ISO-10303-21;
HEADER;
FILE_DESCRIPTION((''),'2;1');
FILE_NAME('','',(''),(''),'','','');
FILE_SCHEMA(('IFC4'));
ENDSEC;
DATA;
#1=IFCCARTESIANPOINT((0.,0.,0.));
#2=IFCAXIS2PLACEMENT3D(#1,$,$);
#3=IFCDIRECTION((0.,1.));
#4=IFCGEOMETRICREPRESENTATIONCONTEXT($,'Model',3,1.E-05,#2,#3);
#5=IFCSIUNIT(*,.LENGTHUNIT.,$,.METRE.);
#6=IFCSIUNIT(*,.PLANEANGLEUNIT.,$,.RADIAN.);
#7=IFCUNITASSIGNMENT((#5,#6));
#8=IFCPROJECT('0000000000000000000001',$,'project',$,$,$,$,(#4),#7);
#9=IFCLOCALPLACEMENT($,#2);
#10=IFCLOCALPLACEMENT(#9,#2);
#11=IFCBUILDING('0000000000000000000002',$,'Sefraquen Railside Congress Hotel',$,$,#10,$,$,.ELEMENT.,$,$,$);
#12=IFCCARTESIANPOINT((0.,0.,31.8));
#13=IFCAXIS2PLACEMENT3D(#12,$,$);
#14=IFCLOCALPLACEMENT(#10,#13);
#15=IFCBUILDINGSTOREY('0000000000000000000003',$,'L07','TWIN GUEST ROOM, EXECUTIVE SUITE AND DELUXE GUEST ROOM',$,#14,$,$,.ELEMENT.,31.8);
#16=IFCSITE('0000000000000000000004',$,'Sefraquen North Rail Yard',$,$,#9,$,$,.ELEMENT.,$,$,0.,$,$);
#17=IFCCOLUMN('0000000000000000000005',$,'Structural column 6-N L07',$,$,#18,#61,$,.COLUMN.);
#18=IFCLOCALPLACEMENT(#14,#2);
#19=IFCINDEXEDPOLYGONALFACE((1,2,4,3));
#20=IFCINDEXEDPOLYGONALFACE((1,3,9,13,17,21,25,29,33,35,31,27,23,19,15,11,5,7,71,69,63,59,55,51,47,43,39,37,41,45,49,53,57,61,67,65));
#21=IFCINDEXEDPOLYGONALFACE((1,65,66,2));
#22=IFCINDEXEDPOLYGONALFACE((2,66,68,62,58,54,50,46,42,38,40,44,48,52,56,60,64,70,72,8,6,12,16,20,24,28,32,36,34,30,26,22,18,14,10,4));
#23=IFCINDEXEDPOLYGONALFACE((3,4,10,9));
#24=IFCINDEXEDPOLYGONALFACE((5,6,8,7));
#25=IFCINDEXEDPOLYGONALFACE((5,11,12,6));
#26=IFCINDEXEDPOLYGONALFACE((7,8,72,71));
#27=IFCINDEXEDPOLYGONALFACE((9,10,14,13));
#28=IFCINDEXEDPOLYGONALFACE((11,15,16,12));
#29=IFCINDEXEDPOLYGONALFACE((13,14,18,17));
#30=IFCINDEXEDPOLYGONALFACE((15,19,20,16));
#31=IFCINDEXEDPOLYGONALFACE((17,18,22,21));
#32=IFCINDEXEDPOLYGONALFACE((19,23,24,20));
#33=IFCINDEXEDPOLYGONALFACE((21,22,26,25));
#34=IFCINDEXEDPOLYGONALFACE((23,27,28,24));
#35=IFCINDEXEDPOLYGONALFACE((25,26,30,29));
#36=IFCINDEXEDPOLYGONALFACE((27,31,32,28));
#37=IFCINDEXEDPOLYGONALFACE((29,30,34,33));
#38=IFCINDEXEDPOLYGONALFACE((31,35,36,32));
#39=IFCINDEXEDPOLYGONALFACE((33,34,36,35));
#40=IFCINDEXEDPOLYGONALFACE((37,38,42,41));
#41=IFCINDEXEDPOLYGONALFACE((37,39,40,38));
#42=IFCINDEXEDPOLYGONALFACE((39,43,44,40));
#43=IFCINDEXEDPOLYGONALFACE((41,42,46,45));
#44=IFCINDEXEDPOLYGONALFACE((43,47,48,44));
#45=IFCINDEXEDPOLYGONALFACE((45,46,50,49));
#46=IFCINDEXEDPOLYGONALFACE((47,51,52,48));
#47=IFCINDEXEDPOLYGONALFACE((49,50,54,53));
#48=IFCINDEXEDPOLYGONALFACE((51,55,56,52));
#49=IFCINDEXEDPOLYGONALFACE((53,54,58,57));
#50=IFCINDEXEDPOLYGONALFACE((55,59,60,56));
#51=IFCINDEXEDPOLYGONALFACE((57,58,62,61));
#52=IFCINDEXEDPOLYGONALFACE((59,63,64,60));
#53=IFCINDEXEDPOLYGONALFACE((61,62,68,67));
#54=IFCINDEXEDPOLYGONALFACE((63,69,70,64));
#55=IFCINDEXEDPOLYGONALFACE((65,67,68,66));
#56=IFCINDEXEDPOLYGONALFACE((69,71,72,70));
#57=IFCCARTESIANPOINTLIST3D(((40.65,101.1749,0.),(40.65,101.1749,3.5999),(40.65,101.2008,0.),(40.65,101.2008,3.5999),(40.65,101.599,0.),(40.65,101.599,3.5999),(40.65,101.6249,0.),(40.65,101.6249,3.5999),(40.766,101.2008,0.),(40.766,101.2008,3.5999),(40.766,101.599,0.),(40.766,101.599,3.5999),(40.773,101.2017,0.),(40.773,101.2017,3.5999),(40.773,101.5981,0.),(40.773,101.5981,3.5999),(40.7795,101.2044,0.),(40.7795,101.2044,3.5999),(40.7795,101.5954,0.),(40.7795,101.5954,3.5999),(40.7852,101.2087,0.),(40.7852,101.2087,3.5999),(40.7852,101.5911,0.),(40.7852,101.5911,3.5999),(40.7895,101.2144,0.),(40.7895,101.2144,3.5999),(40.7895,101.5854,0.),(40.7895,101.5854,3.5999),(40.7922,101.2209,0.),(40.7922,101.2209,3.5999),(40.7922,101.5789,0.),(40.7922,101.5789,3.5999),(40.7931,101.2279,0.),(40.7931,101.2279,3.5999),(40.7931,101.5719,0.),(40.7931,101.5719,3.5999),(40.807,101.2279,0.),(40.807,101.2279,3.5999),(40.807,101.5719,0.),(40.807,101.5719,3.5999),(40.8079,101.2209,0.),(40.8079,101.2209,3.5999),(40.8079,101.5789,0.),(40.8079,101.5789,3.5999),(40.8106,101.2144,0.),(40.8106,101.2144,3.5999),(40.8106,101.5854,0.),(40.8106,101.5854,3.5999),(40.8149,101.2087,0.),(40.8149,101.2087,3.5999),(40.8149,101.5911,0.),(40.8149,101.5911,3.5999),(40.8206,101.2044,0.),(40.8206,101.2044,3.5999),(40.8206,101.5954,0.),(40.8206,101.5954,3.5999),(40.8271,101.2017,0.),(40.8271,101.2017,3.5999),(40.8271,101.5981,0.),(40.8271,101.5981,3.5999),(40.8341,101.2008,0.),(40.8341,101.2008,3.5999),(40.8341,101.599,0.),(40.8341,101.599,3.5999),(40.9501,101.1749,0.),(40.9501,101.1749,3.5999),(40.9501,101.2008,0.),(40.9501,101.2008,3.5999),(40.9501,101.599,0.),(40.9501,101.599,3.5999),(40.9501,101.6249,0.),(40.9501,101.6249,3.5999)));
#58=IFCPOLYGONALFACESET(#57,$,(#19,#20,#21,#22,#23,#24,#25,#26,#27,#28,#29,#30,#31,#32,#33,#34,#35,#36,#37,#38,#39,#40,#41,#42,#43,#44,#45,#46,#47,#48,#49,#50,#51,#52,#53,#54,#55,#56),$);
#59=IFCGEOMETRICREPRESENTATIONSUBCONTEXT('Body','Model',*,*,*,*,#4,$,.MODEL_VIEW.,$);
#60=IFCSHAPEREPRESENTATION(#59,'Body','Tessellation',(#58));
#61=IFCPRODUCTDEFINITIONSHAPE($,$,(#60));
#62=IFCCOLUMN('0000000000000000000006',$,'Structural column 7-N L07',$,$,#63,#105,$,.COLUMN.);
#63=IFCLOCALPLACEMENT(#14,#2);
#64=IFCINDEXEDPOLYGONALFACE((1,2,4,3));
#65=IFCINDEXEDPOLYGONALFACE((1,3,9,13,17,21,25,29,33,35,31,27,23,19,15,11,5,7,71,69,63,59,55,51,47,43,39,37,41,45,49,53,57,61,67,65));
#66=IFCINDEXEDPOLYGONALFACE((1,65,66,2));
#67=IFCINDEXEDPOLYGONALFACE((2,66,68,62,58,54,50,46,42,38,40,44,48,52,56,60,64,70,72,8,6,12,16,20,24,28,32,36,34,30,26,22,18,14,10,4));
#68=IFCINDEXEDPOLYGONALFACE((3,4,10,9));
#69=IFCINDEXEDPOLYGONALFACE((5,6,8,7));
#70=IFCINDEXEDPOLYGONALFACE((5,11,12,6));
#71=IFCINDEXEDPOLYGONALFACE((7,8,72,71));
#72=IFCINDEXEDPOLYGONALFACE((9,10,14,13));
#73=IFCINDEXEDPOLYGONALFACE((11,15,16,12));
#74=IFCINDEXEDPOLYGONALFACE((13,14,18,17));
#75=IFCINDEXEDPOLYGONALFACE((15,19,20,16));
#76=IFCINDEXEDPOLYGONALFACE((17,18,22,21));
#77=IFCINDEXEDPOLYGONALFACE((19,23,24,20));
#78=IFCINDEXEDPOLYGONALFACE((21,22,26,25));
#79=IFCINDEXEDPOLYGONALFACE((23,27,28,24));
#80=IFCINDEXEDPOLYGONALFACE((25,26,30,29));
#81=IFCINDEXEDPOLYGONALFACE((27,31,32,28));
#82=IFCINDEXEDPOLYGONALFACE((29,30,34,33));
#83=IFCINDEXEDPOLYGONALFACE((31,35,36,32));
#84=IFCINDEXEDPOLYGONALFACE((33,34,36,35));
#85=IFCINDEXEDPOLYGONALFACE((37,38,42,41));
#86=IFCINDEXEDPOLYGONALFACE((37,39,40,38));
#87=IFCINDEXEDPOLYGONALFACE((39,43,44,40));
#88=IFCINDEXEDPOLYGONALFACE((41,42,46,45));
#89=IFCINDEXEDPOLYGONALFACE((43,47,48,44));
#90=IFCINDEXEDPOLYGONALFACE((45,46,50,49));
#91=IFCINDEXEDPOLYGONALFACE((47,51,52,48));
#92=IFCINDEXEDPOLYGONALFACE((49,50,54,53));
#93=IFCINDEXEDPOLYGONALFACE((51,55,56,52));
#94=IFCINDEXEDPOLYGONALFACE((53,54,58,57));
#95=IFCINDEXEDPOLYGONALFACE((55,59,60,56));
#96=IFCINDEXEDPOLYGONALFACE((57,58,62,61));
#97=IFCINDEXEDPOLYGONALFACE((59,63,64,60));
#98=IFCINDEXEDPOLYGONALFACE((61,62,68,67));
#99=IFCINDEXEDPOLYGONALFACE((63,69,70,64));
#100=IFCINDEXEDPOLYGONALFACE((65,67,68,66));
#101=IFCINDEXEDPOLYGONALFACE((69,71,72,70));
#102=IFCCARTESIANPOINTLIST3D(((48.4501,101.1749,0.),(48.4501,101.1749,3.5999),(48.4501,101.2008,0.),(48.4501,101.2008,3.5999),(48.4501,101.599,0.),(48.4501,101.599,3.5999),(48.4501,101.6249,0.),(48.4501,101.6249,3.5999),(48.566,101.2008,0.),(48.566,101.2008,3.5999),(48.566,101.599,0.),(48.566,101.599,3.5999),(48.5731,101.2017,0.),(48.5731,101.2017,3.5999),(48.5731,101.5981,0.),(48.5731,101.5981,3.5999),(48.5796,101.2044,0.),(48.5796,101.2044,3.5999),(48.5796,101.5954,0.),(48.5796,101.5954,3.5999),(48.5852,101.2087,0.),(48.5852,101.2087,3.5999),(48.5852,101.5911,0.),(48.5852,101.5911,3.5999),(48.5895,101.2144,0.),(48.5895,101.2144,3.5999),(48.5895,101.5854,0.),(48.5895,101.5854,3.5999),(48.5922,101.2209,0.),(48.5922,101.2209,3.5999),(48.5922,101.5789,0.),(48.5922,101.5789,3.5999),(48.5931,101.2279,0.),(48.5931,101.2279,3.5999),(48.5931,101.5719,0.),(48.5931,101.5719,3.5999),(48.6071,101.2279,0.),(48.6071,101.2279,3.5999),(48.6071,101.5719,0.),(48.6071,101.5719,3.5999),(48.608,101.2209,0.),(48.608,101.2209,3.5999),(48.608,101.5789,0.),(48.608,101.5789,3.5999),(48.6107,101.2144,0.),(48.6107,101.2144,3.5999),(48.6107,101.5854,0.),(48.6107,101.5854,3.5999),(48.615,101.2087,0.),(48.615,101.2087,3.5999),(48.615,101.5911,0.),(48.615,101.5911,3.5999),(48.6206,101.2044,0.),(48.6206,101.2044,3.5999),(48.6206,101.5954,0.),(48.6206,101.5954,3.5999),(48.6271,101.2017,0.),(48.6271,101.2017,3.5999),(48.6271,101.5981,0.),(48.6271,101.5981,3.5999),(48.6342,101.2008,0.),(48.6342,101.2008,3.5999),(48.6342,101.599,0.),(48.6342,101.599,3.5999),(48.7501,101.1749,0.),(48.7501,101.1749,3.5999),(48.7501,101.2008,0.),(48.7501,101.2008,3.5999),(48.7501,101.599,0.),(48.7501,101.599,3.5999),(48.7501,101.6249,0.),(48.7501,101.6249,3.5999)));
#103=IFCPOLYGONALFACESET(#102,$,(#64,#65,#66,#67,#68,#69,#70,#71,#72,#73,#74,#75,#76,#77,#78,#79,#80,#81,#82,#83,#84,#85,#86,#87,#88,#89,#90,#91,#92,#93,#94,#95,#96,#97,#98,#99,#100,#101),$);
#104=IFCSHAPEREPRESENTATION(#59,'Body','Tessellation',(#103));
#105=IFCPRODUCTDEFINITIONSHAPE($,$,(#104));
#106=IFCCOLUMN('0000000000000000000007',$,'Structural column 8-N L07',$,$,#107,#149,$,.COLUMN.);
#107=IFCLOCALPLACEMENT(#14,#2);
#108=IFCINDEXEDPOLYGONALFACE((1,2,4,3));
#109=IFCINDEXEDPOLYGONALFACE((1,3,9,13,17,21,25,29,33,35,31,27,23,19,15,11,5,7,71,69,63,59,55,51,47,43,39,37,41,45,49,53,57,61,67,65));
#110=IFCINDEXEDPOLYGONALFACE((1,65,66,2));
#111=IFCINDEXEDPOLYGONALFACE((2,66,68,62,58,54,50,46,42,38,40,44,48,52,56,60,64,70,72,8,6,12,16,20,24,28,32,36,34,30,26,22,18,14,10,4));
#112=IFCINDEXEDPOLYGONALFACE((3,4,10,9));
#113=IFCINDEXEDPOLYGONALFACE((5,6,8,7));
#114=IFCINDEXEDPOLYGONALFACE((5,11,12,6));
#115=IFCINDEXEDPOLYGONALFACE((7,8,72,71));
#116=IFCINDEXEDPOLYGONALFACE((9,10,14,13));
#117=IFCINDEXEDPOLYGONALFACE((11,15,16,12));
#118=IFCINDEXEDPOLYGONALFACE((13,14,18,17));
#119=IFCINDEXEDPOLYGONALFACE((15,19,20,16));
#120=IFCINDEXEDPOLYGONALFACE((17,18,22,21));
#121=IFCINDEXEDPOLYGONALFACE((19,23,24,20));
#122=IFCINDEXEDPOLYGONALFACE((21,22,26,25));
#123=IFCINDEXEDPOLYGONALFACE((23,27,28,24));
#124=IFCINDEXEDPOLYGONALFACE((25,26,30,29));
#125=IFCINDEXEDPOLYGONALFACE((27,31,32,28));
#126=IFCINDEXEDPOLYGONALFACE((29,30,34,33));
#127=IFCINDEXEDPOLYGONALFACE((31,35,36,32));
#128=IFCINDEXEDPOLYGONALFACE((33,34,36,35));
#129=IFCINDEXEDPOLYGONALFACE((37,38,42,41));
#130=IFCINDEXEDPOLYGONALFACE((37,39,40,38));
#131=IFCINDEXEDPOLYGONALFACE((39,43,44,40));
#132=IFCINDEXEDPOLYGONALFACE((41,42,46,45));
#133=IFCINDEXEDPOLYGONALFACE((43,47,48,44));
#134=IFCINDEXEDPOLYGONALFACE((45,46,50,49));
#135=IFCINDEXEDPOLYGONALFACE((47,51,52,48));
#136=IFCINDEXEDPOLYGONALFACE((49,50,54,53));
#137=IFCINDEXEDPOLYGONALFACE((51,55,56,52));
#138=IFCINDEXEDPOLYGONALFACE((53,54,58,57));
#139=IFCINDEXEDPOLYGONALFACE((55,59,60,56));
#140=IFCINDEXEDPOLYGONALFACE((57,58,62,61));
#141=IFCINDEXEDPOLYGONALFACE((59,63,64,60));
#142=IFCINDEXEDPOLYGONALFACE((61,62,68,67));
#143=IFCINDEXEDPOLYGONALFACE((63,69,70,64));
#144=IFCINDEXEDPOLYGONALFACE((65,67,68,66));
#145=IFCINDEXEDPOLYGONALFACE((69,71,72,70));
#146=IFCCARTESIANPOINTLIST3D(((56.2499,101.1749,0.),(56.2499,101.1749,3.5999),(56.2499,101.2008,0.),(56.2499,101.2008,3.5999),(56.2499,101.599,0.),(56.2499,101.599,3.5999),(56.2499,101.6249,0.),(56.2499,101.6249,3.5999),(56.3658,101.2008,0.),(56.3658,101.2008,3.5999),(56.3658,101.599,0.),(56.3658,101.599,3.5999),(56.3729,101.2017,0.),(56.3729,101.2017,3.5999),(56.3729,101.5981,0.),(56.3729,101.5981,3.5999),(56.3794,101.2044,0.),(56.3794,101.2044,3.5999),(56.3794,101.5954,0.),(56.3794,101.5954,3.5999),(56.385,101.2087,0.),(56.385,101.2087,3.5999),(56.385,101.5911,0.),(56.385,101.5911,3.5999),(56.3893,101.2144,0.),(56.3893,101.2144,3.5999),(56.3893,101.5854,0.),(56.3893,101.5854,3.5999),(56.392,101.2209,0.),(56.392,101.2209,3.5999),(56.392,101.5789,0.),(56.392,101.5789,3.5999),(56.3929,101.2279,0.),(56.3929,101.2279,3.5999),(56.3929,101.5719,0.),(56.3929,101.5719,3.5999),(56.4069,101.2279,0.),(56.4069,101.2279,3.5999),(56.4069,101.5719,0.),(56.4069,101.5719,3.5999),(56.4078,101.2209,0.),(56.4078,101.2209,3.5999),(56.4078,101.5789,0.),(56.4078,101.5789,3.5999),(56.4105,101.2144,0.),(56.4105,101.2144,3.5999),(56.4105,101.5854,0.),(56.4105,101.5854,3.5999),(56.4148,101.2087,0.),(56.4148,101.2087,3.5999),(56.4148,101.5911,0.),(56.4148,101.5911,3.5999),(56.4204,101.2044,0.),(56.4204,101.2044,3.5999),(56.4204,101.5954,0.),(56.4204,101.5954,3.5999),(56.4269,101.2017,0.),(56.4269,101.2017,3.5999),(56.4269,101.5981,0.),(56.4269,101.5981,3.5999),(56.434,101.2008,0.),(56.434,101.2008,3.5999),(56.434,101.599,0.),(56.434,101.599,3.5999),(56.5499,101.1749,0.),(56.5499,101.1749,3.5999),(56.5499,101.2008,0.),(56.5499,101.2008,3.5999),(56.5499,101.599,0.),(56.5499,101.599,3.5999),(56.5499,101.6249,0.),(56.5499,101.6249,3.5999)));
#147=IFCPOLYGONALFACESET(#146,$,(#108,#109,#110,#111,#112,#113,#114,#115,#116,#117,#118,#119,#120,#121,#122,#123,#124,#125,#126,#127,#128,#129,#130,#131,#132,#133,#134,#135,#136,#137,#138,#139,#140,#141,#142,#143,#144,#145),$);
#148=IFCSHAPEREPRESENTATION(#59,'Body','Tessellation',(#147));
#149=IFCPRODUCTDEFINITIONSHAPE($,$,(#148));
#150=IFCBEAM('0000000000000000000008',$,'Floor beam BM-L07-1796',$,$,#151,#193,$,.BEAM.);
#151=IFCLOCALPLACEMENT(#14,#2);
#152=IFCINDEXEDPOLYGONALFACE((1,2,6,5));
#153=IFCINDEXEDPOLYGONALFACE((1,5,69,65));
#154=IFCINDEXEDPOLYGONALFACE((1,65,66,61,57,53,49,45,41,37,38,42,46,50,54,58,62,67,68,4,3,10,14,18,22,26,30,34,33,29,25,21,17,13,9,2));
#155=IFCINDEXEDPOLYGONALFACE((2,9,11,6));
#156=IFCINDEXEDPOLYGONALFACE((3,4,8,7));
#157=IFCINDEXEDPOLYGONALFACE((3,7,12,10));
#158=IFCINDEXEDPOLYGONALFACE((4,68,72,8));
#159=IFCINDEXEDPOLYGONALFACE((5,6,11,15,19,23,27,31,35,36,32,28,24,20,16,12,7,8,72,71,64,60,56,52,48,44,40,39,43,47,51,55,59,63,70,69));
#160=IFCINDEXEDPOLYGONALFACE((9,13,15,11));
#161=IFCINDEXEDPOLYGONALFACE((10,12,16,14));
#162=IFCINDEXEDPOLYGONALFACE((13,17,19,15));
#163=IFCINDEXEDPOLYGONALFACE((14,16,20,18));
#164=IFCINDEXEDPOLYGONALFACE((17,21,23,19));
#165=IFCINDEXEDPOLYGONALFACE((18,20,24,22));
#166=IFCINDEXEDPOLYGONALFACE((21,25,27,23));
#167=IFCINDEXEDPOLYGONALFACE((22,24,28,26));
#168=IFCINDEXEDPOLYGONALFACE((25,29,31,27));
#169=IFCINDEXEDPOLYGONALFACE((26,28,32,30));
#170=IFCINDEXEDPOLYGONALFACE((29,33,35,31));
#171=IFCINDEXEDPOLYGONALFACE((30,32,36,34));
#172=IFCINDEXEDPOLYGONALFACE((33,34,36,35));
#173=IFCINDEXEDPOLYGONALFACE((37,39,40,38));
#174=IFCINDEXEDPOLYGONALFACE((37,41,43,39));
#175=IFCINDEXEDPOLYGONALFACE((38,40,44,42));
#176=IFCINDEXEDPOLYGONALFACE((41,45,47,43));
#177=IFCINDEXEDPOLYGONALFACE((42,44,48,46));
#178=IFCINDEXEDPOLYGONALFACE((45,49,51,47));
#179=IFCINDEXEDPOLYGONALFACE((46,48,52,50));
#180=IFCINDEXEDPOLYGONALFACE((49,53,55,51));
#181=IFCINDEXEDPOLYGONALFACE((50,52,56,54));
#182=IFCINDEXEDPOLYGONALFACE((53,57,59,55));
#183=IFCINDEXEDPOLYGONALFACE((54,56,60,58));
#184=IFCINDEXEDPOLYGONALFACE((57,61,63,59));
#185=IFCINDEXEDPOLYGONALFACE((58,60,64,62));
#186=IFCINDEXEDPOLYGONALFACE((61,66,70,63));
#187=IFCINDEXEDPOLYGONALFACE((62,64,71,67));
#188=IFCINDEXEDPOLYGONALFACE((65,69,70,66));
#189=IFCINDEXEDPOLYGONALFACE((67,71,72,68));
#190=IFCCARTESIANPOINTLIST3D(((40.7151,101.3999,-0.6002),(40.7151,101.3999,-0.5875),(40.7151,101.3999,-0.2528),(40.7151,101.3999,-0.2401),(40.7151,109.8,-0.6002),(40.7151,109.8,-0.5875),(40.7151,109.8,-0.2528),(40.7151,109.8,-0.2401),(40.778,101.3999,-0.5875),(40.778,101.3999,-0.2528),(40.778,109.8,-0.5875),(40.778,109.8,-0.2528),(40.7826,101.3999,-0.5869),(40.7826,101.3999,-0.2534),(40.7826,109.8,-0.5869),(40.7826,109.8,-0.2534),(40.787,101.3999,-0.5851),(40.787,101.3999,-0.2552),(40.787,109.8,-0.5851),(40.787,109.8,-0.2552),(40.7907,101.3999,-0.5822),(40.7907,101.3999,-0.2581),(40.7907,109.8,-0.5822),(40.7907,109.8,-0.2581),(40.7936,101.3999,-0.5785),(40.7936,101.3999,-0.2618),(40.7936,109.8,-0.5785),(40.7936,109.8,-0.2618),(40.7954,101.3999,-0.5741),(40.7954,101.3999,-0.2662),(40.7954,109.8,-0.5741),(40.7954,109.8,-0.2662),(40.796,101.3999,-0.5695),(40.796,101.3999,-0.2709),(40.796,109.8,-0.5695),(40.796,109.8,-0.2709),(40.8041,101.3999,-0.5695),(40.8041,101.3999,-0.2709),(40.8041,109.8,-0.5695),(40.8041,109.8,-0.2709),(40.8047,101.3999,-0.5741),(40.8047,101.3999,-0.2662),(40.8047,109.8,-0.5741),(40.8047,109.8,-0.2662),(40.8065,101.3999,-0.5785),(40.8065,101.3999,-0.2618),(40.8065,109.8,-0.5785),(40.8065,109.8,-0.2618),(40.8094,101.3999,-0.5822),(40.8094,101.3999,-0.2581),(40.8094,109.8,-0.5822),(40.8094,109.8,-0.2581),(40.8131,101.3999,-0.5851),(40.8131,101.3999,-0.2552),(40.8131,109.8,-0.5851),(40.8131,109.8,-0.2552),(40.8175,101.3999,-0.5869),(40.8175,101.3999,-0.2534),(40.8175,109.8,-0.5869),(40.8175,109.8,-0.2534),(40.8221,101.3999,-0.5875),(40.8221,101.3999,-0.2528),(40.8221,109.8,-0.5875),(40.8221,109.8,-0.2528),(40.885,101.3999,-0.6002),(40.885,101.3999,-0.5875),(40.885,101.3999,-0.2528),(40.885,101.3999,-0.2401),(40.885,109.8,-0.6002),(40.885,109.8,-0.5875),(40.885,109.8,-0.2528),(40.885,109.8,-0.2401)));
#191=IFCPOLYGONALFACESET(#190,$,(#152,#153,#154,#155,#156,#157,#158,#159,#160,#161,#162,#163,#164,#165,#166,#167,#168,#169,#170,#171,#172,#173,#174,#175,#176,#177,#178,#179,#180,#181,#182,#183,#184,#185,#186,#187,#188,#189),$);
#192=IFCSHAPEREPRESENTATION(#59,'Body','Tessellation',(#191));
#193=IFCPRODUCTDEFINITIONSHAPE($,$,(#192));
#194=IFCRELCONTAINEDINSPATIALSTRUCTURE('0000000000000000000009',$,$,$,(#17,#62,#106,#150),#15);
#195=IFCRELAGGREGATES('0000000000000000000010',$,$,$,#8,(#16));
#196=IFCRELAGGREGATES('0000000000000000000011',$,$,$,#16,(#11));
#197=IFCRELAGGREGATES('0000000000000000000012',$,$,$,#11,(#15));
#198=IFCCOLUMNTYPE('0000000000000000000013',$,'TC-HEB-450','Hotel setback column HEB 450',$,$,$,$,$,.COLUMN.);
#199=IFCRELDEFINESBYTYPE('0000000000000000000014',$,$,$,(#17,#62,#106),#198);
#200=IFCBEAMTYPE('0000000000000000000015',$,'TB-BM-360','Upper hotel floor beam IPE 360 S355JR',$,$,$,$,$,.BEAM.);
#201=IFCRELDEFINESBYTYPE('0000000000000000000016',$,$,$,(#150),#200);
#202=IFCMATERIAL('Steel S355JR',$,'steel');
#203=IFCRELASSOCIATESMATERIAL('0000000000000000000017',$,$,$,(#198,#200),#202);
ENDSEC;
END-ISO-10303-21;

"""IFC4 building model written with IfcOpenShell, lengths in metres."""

from ifc_helpers import new_model, si_unit, direction, frame, origin, origin_2d, place, context, subcontext, project, spatial, i_section, extrude, material, material_profile, profile_set, type_object, element, save


model = new_model("IFC4")

# Units and contexts
model_context = context("Model", 3, precision=1e-05, world=origin(), true_north=direction((0.0, 1.0)))
body_context = subcontext(model_context, "Body", "Model", "MODEL_VIEW")
ifc_project = project(units=[si_unit("LENGTHUNIT", "METRE"), si_unit("PLANEANGLEUNIT", "RADIAN")], contexts=[model_context])

# Site, building, storey
site_placement = place(None, origin())
site = spatial("IfcSite", under=ifc_project, at=site_placement, Name="Sefraquen North Rail Yard", CompositionType="ELEMENT", RefElevation=0.0)
building_placement = place(site_placement, origin())
building = spatial("IfcBuilding", under=site, at=building_placement, Name="Sefraquen Railside Congress Hotel", CompositionType="ELEMENT")
storey_placement = place(building_placement, frame((0.0, 0.0, 31.8)))
storey = spatial("IfcBuildingStorey", under=building, at=storey_placement, Name="L07", Description="TWIN GUEST ROOM, EXECUTIVE SUITE AND DELUXE GUEST ROOM", CompositionType="ELEMENT", Elevation=31.8)

# Columns
ifc_material_1 = material(Name="Steel S355JR", Category="steel")
ifc_material_profile_1 = material_profile(ifc_material_1, i_section(OverallWidth=0.3, OverallDepth=0.45, WebThickness=0.0139, FlangeThickness=0.0259, FilletRadius=0.0271, at=origin_2d()), Name="HEB 450")
ifc_profile_set_1 = profile_set([ifc_material_profile_1], Name="Steel S355JR")
column_type = type_object("IfcColumnType", Name="TC-HEB-450", Description="Hotel setback column HEB 450", PredefinedType="COLUMN", material=ifc_profile_set_1)
for number, where, z_axis, x_axis, name in (
    (1, (40.8, 101.3999, 0.0), (0.0, 0.0, 1.0), (1.0, 0.0, 0.0), "Structural column 6-N L07"),
    (2, (48.6001, 101.3999, 0.0), (0.0, 0.0, 1.0), (1.0, 0.0, 0.0), "Structural column 7-N L07"),
    (3, (56.3999, 101.3999, 0.0), (0.0, 0.0, 1.0), (1.0, 0.0, 0.0), "Structural column 8-N L07"),
):
    element("IfcColumn", number, at=place(storey_placement, frame(where, z_axis=z_axis, x_axis=x_axis)), inside=storey, type_object=column_type, Name=name, PredefinedType="COLUMN", context=body_context, shape_type="SweptSolid", body=[
        extrude(i_section(OverallWidth=0.3, OverallDepth=0.45, WebThickness=0.0139, FlangeThickness=0.0259, FilletRadius=0.0271, at=origin_2d()), origin(), (0.0, 0.0, 1.0), 3.5999),
    ])

# Beam
ifc_material_profile_2 = material_profile(ifc_material_1, i_section(OverallWidth=0.1699, OverallDepth=0.3601, WebThickness=0.0081, FlangeThickness=0.0127, FilletRadius=0.0181, at=origin_2d()), Name="IPE 360")
ifc_profile_set_2 = profile_set([ifc_material_profile_2], Name="Steel S355JR")
beam_type_1 = type_object("IfcBeamType", Name="TB-BM-360", Description="Upper hotel floor beam IPE 360 S355JR", PredefinedType="BEAM", material=ifc_profile_set_2)
for number, where, z_axis, x_axis, name in (
    (4, (40.8, 101.3999, -0.4202), (0.0, 1.0, 0.0), (-1.0, 0.0, 0.0), "Floor beam BM-L07-1796"),
):
    element("IfcBeam", number, at=place(storey_placement, frame(where, z_axis=z_axis, x_axis=x_axis)), inside=storey, type_object=beam_type_1, Name=name, PredefinedType="BEAM", context=body_context, shape_type="SweptSolid", body=[
        extrude(i_section(OverallWidth=0.1699, OverallDepth=0.3601, WebThickness=0.0081, FlangeThickness=0.0127, FilletRadius=0.0181, at=origin_2d()), origin(), (0.0, 0.0, 1.0), 8.4001),
    ])

save(model, "model.ifc")
